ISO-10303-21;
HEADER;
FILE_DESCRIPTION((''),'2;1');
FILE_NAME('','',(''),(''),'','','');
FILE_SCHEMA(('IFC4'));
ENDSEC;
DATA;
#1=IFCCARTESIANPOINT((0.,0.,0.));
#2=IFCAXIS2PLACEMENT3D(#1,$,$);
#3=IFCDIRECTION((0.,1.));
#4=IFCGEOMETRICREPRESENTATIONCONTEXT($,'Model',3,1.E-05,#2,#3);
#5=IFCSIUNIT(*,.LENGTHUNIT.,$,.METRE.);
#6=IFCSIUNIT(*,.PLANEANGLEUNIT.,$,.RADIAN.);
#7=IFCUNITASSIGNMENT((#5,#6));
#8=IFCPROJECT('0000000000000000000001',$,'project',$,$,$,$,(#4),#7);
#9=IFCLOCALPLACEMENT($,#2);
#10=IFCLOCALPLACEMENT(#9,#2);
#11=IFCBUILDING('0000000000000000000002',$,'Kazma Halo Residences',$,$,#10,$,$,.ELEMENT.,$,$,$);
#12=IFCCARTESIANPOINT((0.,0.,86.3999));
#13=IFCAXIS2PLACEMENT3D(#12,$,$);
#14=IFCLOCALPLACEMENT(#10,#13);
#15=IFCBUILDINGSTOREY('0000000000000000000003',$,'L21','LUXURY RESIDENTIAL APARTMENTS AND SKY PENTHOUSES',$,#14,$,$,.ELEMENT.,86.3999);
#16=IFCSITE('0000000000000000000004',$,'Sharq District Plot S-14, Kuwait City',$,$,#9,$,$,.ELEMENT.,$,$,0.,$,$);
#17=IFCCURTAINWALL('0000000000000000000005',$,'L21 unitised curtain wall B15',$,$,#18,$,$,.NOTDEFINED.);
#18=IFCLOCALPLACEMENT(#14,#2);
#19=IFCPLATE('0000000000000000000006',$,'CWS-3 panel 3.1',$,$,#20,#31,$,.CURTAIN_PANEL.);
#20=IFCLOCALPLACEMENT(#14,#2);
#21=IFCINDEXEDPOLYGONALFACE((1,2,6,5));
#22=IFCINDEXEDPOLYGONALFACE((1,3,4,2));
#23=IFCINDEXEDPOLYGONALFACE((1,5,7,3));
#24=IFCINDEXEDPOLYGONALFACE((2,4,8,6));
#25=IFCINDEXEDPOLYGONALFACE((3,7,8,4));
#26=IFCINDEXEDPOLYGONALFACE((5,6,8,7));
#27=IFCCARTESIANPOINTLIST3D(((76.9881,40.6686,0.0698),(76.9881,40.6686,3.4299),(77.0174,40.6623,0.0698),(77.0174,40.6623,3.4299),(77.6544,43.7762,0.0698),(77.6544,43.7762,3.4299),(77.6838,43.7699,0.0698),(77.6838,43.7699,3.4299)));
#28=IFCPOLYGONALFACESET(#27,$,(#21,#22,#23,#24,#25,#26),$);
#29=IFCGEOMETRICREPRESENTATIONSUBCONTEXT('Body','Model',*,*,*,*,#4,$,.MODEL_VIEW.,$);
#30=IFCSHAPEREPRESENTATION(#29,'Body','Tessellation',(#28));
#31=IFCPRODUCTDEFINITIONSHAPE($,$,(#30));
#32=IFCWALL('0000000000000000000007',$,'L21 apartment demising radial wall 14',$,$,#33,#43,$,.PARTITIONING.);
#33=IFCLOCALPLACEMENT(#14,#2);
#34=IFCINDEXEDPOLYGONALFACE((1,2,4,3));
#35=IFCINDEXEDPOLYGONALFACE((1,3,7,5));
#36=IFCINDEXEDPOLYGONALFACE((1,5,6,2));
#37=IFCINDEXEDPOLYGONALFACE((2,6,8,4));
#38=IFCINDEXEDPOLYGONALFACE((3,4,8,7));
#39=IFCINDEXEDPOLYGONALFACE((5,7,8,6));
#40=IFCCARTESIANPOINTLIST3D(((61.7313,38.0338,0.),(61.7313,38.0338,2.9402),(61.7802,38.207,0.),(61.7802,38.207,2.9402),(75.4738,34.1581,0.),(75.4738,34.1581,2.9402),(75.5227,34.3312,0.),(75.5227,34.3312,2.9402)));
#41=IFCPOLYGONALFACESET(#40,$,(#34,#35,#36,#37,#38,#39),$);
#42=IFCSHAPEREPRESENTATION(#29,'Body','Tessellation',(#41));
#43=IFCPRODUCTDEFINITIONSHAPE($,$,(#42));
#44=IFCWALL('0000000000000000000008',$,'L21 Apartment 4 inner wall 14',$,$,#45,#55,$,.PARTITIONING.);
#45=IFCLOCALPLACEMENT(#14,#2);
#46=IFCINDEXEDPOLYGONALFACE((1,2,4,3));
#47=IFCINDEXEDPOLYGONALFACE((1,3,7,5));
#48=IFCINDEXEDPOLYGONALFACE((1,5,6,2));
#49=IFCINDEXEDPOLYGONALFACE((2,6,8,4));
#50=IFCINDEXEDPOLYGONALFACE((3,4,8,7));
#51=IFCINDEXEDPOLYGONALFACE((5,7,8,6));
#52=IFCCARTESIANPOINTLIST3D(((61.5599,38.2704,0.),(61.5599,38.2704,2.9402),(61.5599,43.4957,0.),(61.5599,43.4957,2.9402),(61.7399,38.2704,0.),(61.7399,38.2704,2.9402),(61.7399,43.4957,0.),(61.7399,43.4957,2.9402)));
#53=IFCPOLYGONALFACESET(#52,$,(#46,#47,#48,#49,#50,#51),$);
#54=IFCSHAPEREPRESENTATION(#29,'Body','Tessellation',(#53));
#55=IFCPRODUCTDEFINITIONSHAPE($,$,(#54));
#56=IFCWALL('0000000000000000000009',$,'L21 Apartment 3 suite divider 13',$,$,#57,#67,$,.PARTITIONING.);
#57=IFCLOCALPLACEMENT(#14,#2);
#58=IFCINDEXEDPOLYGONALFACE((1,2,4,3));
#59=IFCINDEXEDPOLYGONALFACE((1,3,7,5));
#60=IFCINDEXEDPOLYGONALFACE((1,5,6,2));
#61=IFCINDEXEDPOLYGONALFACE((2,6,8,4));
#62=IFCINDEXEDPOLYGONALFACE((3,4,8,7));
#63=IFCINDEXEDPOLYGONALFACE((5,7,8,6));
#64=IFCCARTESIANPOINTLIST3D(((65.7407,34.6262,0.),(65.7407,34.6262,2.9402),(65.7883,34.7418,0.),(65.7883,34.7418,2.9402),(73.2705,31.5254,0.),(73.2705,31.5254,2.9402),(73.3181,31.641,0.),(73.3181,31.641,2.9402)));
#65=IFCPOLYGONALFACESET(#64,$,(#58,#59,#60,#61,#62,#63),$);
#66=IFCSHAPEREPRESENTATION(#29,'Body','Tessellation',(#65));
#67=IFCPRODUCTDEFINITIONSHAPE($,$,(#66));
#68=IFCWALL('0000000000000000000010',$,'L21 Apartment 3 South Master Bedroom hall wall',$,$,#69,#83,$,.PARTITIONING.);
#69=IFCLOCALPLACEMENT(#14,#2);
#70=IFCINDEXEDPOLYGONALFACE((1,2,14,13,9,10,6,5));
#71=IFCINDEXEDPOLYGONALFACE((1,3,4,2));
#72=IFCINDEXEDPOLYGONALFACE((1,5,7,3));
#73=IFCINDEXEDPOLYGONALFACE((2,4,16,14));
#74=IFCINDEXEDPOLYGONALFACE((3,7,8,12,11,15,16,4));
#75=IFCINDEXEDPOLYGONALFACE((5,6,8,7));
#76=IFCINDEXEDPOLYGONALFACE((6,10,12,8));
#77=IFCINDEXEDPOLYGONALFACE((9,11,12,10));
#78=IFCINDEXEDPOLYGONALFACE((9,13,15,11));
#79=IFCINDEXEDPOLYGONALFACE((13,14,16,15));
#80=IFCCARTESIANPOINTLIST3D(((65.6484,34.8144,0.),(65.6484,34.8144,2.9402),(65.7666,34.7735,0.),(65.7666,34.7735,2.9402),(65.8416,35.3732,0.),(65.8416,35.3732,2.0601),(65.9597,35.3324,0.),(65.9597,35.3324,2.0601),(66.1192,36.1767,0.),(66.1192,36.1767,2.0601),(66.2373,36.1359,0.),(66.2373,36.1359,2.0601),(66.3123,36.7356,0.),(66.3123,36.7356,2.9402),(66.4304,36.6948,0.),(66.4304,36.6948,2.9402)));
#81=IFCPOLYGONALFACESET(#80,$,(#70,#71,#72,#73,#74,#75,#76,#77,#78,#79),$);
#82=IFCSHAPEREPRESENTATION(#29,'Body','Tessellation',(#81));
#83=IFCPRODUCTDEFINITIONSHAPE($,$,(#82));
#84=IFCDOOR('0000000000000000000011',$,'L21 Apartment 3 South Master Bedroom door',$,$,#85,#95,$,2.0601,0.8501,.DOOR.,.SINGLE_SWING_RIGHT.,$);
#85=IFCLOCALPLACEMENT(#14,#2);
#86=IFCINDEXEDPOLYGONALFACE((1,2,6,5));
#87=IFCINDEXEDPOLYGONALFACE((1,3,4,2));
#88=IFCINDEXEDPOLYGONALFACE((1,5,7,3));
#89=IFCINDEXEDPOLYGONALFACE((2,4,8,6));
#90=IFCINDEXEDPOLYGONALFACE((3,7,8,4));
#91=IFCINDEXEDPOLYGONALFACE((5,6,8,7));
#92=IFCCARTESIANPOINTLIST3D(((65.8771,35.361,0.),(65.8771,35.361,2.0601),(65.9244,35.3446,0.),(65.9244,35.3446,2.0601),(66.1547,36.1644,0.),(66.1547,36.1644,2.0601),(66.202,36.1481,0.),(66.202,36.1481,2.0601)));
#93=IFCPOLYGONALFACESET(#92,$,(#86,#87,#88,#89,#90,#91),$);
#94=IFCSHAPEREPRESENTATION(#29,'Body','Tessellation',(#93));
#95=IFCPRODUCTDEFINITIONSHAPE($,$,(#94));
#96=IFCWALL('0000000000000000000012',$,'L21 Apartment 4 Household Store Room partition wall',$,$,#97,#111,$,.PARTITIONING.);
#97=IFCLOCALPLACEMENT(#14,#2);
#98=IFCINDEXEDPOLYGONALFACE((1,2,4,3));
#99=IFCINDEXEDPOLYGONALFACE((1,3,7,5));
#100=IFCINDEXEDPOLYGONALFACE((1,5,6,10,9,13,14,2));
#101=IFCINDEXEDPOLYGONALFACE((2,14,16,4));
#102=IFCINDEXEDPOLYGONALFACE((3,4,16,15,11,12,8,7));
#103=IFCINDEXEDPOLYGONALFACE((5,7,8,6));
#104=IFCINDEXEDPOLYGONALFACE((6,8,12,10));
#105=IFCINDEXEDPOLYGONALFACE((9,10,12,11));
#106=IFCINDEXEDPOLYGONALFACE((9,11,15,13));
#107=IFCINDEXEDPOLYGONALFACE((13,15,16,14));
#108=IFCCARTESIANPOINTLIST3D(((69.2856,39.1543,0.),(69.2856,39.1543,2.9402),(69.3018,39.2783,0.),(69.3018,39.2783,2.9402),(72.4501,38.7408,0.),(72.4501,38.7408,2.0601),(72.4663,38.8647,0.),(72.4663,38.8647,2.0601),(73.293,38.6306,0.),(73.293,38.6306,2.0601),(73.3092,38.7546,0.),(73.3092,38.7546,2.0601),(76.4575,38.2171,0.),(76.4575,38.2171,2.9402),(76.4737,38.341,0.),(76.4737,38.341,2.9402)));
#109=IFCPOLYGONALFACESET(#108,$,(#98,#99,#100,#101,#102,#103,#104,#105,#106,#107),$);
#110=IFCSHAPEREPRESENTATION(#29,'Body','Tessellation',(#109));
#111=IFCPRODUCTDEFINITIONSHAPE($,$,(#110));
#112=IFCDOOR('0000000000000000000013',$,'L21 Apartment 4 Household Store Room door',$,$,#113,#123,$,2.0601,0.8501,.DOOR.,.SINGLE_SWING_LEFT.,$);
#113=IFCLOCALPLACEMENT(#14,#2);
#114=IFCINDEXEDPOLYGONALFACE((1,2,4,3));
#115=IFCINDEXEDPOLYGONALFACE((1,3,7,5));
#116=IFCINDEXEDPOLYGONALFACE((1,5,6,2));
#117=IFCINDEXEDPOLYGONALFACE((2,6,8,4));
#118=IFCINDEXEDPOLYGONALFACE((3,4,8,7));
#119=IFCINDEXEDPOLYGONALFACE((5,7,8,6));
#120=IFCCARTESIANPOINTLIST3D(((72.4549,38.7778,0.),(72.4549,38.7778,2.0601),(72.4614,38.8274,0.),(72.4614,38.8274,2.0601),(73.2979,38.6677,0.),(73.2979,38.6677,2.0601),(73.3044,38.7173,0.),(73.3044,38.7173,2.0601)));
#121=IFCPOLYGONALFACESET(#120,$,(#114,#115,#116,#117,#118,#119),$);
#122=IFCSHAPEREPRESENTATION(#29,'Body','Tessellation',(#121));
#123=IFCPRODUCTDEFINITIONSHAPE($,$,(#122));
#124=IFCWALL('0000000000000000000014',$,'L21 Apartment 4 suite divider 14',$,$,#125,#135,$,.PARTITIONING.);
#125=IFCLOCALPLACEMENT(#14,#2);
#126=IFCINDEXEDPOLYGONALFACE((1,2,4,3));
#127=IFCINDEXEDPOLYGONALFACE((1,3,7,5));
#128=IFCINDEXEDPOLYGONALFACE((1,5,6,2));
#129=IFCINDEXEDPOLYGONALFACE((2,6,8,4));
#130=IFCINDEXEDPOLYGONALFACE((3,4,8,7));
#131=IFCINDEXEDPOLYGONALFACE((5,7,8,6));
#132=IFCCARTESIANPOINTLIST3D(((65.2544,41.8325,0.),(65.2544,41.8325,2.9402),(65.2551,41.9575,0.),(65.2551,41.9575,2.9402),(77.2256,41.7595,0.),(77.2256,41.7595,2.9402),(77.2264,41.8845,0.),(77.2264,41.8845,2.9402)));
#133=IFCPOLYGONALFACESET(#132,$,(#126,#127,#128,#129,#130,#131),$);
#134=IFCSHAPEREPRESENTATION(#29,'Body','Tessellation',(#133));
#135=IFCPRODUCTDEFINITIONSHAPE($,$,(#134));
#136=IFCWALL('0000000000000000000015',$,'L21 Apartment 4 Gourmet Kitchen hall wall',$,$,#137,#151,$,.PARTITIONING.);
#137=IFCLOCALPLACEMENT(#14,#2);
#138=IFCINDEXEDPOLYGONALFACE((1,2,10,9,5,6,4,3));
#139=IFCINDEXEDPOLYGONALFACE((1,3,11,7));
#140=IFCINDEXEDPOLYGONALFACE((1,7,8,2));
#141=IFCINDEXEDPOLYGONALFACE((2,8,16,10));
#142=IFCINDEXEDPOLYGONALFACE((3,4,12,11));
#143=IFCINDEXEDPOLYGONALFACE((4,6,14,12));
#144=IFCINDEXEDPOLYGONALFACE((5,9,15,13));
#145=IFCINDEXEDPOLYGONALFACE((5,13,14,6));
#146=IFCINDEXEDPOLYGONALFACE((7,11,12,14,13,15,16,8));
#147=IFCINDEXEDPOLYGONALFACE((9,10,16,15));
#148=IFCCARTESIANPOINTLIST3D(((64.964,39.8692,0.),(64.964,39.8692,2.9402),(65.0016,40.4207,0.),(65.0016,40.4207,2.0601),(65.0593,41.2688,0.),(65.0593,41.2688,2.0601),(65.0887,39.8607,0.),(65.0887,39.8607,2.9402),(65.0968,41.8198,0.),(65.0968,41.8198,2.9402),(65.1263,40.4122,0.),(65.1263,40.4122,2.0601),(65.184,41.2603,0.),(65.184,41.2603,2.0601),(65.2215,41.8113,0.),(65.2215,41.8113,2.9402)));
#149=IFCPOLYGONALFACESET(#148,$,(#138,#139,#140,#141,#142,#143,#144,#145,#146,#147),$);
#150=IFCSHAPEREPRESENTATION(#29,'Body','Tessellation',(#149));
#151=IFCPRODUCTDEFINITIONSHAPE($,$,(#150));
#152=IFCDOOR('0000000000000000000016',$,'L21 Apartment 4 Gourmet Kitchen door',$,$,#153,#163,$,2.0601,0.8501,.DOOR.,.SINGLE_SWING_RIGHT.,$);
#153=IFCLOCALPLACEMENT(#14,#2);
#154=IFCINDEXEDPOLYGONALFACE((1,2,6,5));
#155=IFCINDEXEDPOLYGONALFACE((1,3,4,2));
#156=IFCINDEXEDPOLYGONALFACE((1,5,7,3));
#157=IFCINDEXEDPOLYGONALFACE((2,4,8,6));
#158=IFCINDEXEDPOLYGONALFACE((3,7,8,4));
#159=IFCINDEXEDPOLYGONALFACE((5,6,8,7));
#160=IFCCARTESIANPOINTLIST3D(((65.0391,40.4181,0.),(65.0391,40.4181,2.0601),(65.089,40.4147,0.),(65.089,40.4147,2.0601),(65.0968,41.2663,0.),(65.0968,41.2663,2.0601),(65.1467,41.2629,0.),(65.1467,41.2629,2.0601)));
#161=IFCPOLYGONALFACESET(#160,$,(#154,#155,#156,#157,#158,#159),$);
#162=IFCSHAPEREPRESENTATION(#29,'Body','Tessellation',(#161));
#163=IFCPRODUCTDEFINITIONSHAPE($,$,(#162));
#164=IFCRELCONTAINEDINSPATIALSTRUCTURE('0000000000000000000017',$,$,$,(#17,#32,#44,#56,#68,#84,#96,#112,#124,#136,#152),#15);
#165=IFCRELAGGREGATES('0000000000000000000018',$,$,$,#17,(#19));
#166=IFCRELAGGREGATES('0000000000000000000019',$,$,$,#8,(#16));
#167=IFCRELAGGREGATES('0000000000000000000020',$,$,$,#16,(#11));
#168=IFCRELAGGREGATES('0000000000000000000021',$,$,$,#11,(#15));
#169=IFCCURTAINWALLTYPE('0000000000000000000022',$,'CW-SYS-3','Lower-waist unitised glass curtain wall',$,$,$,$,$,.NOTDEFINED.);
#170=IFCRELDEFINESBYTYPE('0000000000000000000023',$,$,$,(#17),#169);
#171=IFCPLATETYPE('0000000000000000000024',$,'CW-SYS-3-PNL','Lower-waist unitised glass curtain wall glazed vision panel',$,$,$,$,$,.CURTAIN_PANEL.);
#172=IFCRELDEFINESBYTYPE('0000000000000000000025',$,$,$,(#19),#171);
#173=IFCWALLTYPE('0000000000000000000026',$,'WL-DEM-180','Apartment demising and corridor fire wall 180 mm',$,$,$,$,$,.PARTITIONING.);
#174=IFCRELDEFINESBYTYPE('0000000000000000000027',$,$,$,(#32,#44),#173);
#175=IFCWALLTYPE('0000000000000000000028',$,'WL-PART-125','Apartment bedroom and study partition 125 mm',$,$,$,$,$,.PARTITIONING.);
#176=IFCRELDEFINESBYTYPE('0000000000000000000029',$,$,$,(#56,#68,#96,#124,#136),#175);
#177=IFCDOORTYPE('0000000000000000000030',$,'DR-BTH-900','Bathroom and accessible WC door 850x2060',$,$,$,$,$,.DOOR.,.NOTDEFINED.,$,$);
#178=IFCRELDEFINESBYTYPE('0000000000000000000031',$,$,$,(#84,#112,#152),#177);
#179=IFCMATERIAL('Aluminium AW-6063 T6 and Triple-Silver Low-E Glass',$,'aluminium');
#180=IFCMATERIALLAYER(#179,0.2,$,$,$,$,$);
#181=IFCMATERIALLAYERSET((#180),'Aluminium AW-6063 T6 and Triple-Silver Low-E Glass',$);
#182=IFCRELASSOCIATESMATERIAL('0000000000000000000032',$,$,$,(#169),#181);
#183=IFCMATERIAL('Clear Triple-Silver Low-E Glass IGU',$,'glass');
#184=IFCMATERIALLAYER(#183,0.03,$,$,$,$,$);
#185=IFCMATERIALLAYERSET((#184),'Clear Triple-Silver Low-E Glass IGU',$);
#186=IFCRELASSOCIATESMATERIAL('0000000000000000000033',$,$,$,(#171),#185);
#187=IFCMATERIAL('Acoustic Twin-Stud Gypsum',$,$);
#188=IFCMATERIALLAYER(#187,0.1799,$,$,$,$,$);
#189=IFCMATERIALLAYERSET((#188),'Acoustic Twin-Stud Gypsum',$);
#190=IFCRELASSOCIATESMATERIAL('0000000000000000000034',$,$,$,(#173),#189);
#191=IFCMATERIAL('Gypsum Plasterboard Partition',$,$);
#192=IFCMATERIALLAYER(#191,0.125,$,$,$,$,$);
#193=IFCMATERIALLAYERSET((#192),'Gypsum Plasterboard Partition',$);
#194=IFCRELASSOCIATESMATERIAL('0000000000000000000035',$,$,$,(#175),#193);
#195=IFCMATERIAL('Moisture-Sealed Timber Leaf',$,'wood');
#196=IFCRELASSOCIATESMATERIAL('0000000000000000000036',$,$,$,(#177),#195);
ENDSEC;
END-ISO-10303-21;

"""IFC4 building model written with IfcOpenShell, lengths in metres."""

from ifc_helpers import new_model, si_unit, direction, frame, frame_2d, origin, origin_2d, place, context, subcontext, project, spatial, rectangle, extrude, material, layer, layer_set, type_object, element, fill, aggregate, save


model = new_model("IFC4")

# Units and contexts
model_context = context("Model", 3, precision=1e-05, world=origin(), true_north=direction((0.0, 1.0)))
body_context = subcontext(model_context, "Body", "Model", "MODEL_VIEW")
ifc_project = project(units=[si_unit("LENGTHUNIT", "METRE"), si_unit("PLANEANGLEUNIT", "RADIAN")], contexts=[model_context])

# Site, building, storey
site_placement = place(None, origin())
site = spatial("IfcSite", under=ifc_project, at=site_placement, Name="Sharq District Plot S-14, Kuwait City", CompositionType="ELEMENT", RefElevation=0.0)
building_placement = place(site_placement, origin())
building = spatial("IfcBuilding", under=site, at=building_placement, Name="Kazma Halo Residences", CompositionType="ELEMENT")
storey_placement = place(building_placement, frame((0.0, 0.0, 86.3999)))
storey = spatial("IfcBuildingStorey", under=building, at=storey_placement, Name="L21", Description="LUXURY RESIDENTIAL APARTMENTS AND SKY PENTHOUSES", CompositionType="ELEMENT", Elevation=86.3999)

# Curtain wall, plate
ifc_material_1 = material(Name="Aluminium AW-6063 T6 and Triple-Silver Low-E Glass", Category="aluminium")
ifc_layer_1 = layer(ifc_material_1, 0.2)
ifc_layer_set_1 = layer_set([ifc_layer_1], Name="Aluminium AW-6063 T6 and Triple-Silver Low-E Glass")
curtain_wall_type = type_object("IfcCurtainWallType", Name="CW-SYS-3", Description="Lower-waist unitised glass curtain wall", PredefinedType="NOTDEFINED", material=ifc_layer_set_1)
curtain_wall_placement = place(storey_placement, origin())
curtain_wall = element("IfcCurtainWall", 1, at=curtain_wall_placement, inside=storey, type_object=curtain_wall_type, Name="L21 unitised curtain wall B15", PredefinedType="NOTDEFINED")
ifc_material_2 = material(Name="Clear Triple-Silver Low-E Glass IGU", Category="glass")
ifc_layer_2 = layer(ifc_material_2, 0.03)
ifc_layer_set_2 = layer_set([ifc_layer_2], Name="Clear Triple-Silver Low-E Glass IGU")
plate_type = type_object("IfcPlateType", Name="CW-SYS-3-PNL", Description="Lower-waist unitised glass curtain wall glazed vision panel", PredefinedType="CURTAIN_PANEL", material=ifc_layer_set_2)
plate_1_placement = place(storey_placement, frame((77.3359, 42.2192, 0.0698), z_axis=(0.0, 0.0, 1.0), x_axis=(0.209661, 0.977774, 0.0)))
plate_1 = element("IfcPlate", 2, at=plate_1_placement, type_object=plate_type, Name="CWS-3 panel 3.1", PredefinedType="CURTAIN_PANEL", context=body_context, shape_type="SweptSolid", body=[
    extrude(rectangle(XDim=3.1782, YDim=0.03, at=origin_2d()), origin(), (0.0, 0.0, 1.0), 3.3601),
])
aggregate(curtain_wall, [plate_1])

# Walls
ifc_material_3 = material(Name="Acoustic Twin-Stud Gypsum")
ifc_layer_3 = layer(ifc_material_3, 0.1799)
ifc_layer_set_3 = layer_set([ifc_layer_3], Name="Acoustic Twin-Stud Gypsum")
wall_type_1 = type_object("IfcWallType", Name="WL-DEM-180", Description="Apartment demising and corridor fire wall 180 mm", PredefinedType="PARTITIONING", material=ifc_layer_set_3)
wall_1_placement = place(storey_placement, frame((61.7559, 38.1204, 0.0), z_axis=(0.0, 0.0, 1.0), x_axis=(0.962456, -0.271438, 0.0)))
element("IfcWall", 3, at=wall_1_placement, inside=storey, type_object=wall_type_1, Name="L21 apartment demising radial wall 14", PredefinedType="PARTITIONING", context=body_context, shape_type="SweptSolid", body=[
    extrude(rectangle(XDim=14.2786, YDim=0.1799, at=frame_2d((7.1392, 0.0))), origin(), (0.0, 0.0, 1.0), 2.9402),
])
wall_2_placement = place(storey_placement, frame((61.6499, 38.2703, 0.0), z_axis=(0.0, 0.0, 1.0), x_axis=(0.0, 1.0, 0.0)))
element("IfcWall", 4, at=wall_2_placement, inside=storey, type_object=wall_type_1, Name="L21 Apartment 4 inner wall 14", PredefinedType="PARTITIONING", context=body_context, shape_type="SweptSolid", body=[
    extrude(rectangle(XDim=5.2253, YDim=0.1799, at=frame_2d((2.6128, 0.0))), origin(), (0.0, 0.0, 1.0), 2.9402),
])
ifc_material_4 = material(Name="Gypsum Plasterboard Partition")
ifc_layer_4 = layer(ifc_material_4, 0.125)
ifc_layer_set_4 = layer_set([ifc_layer_4], Name="Gypsum Plasterboard Partition")
wall_type_2 = type_object("IfcWallType", Name="WL-PART-125", Description="Apartment bedroom and study partition 125 mm", PredefinedType="PARTITIONING", material=ifc_layer_set_4)
wall_3_placement = place(storey_placement, frame((65.7644, 34.6841, 0.0), z_axis=(0.0, 0.0, 1.0), x_axis=(0.924664, -0.380784, 0.0)))
element("IfcWall", 5, at=wall_3_placement, inside=storey, type_object=wall_type_2, Name="L21 Apartment 3 suite divider 13", PredefinedType="PARTITIONING", context=body_context, shape_type="SweptSolid", body=[
    extrude(rectangle(XDim=8.1433, YDim=0.125, at=frame_2d((4.0718, 0.0))), origin(), (0.0, 0.0, 1.0), 2.9402),
])

# Walls, openings, doors
wall_4_placement = place(storey_placement, frame((65.7075, 34.7939, 0.0), z_axis=(0.0, 0.0, 1.0), x_axis=(0.326587, 0.945167, 0.0)))
wall_4 = element("IfcWall", 6, at=wall_4_placement, inside=storey, type_object=wall_type_2, Name="L21 Apartment 3 South Master Bedroom hall wall", PredefinedType="PARTITIONING", context=body_context, shape_type="SweptSolid", body=[
    extrude(rectangle(XDim=2.0327, YDim=0.125, at=frame_2d((1.0164, 0.0))), origin(), (0.0, 0.0, 1.0), 2.9402),
])
opening_1_placement = place(wall_4_placement, frame((0.5913, 0.0, 0.0)))
opening_1 = element("IfcOpeningElement", 7, at=opening_1_placement, cuts=wall_4, PredefinedType="OPENING", context=body_context, shape_type="SweptSolid", body=[
    extrude(rectangle(XDim=0.8501, YDim=2.0601, at=frame_2d((0.425, 1.03))), frame((0.0, 0.0725, 0.0), z_axis=(0.0, -1.0, 0.0), x_axis=(1.0, 0.0, 0.0)), (0.0, 0.0, 1.0), 0.145),
])
ifc_material_5 = material(Name="Moisture-Sealed Timber Leaf", Category="wood")
door_type = type_object("IfcDoorType", Name="DR-BTH-900", Description="Bathroom and accessible WC door 850x2060", OperationType="NOTDEFINED", PredefinedType="DOOR", material=ifc_material_5)
door_1_placement = place(opening_1_placement, origin())
door_1 = element("IfcDoor", 8, at=door_1_placement, inside=storey, type_object=door_type, Name="L21 Apartment 3 South Master Bedroom door", OperationType="SINGLE_SWING_RIGHT", OverallHeight=2.0601, OverallWidth=0.8501, PredefinedType="DOOR", context=body_context, shape_type="SweptSolid", body=[
    extrude(rectangle(XDim=0.8501, YDim=2.0601, at=frame_2d((0.425, 1.03))), frame((0.0, 0.0249, 0.0), z_axis=(0.0, -1.0, 0.0), x_axis=(1.0, 0.0, 0.0)), (0.0, 0.0, 1.0), 0.05),
])
fill(opening_1, door_1)
wall_5_placement = place(storey_placement, frame((69.2937, 39.2163, 0.0), z_axis=(0.0, 0.0, 1.0), x_axis=(0.991569, -0.129583, 0.0)))
wall_5 = element("IfcWall", 9, at=wall_5_placement, inside=storey, type_object=wall_type_2, Name="L21 Apartment 4 Household Store Room partition wall", PredefinedType="PARTITIONING", context=body_context, shape_type="SweptSolid", body=[
    extrude(rectangle(XDim=7.2329, YDim=0.125, at=frame_2d((3.6165, 0.0))), origin(), (0.0, 0.0, 1.0), 2.9402),
])
opening_2_placement = place(wall_5_placement, frame((3.1914, 0.0, 0.0)))
opening_2 = element("IfcOpeningElement", 10, at=opening_2_placement, cuts=wall_5, PredefinedType="OPENING", context=body_context, shape_type="SweptSolid", body=[
    extrude(rectangle(XDim=0.8501, YDim=2.0601, at=frame_2d((0.425, 1.03))), frame((0.0, 0.0725, 0.0), z_axis=(0.0, -1.0, 0.0), x_axis=(1.0, 0.0, 0.0)), (0.0, 0.0, 1.0), 0.145),
])
door_2_placement = place(opening_2_placement, origin())
door_2 = element("IfcDoor", 11, at=door_2_placement, inside=storey, type_object=door_type, Name="L21 Apartment 4 Household Store Room door", OperationType="SINGLE_SWING_LEFT", OverallHeight=2.0601, OverallWidth=0.8501, PredefinedType="DOOR", context=body_context, shape_type="SweptSolid", body=[
    extrude(rectangle(XDim=0.8501, YDim=2.0601, at=frame_2d((0.425, 1.03))), frame((0.0, 0.0249, 0.0), z_axis=(0.0, -1.0, 0.0), x_axis=(1.0, 0.0, 0.0)), (0.0, 0.0, 1.0), 0.05),
])
fill(opening_2, door_2)

# Wall
wall_6_placement = place(storey_placement, frame((65.2546, 41.895, 0.0), z_axis=(0.0, 0.0, 1.0), x_axis=(0.999981, -0.006098, 0.0)))
element("IfcWall", 12, at=wall_6_placement, inside=storey, type_object=wall_type_2, Name="L21 Apartment 4 suite divider 14", PredefinedType="PARTITIONING", context=body_context, shape_type="SweptSolid", body=[
    extrude(rectangle(XDim=11.9714, YDim=0.125, at=frame_2d((5.9858, 0.0))), origin(), (0.0, 0.0, 1.0), 2.9402),
])

# Wall, opening, door
wall_7_placement = place(storey_placement, frame((65.0264, 39.865, 0.0), z_axis=(0.0, 0.0, 1.0), x_axis=(0.067928, 0.99769, 0.0)))
wall_7 = element("IfcWall", 13, at=wall_7_placement, inside=storey, type_object=wall_type_2, Name="L21 Apartment 4 Gourmet Kitchen hall wall", PredefinedType="PARTITIONING", context=body_context, shape_type="SweptSolid", body=[
    extrude(rectangle(XDim=1.9551, YDim=0.125, at=frame_2d((0.9775, 0.0))), origin(), (0.0, 0.0, 1.0), 2.9402),
])
opening_3_placement = place(wall_7_placement, frame((0.5527, 0.0, 0.0)))
opening_3 = element("IfcOpeningElement", 14, at=opening_3_placement, cuts=wall_7, PredefinedType="OPENING", context=body_context, shape_type="SweptSolid", body=[
    extrude(rectangle(XDim=0.8501, YDim=2.0601, at=frame_2d((0.425, 1.03))), frame((0.0, 0.0725, 0.0), z_axis=(0.0, -1.0, 0.0), x_axis=(1.0, 0.0, 0.0)), (0.0, 0.0, 1.0), 0.145),
])
door_3_placement = place(opening_3_placement, origin())
door_3 = element("IfcDoor", 15, at=door_3_placement, inside=storey, type_object=door_type, Name="L21 Apartment 4 Gourmet Kitchen door", OperationType="SINGLE_SWING_RIGHT", OverallHeight=2.0601, OverallWidth=0.8501, PredefinedType="DOOR", context=body_context, shape_type="SweptSolid", body=[
    extrude(rectangle(XDim=0.8501, YDim=2.0601, at=frame_2d((0.425, 1.03))), frame((0.0, 0.0249, 0.0), z_axis=(0.0, -1.0, 0.0), x_axis=(1.0, 0.0, 0.0)), (0.0, 0.0, 1.0), 0.05),
])
fill(opening_3, door_3)

save(model, "model.ifc")
